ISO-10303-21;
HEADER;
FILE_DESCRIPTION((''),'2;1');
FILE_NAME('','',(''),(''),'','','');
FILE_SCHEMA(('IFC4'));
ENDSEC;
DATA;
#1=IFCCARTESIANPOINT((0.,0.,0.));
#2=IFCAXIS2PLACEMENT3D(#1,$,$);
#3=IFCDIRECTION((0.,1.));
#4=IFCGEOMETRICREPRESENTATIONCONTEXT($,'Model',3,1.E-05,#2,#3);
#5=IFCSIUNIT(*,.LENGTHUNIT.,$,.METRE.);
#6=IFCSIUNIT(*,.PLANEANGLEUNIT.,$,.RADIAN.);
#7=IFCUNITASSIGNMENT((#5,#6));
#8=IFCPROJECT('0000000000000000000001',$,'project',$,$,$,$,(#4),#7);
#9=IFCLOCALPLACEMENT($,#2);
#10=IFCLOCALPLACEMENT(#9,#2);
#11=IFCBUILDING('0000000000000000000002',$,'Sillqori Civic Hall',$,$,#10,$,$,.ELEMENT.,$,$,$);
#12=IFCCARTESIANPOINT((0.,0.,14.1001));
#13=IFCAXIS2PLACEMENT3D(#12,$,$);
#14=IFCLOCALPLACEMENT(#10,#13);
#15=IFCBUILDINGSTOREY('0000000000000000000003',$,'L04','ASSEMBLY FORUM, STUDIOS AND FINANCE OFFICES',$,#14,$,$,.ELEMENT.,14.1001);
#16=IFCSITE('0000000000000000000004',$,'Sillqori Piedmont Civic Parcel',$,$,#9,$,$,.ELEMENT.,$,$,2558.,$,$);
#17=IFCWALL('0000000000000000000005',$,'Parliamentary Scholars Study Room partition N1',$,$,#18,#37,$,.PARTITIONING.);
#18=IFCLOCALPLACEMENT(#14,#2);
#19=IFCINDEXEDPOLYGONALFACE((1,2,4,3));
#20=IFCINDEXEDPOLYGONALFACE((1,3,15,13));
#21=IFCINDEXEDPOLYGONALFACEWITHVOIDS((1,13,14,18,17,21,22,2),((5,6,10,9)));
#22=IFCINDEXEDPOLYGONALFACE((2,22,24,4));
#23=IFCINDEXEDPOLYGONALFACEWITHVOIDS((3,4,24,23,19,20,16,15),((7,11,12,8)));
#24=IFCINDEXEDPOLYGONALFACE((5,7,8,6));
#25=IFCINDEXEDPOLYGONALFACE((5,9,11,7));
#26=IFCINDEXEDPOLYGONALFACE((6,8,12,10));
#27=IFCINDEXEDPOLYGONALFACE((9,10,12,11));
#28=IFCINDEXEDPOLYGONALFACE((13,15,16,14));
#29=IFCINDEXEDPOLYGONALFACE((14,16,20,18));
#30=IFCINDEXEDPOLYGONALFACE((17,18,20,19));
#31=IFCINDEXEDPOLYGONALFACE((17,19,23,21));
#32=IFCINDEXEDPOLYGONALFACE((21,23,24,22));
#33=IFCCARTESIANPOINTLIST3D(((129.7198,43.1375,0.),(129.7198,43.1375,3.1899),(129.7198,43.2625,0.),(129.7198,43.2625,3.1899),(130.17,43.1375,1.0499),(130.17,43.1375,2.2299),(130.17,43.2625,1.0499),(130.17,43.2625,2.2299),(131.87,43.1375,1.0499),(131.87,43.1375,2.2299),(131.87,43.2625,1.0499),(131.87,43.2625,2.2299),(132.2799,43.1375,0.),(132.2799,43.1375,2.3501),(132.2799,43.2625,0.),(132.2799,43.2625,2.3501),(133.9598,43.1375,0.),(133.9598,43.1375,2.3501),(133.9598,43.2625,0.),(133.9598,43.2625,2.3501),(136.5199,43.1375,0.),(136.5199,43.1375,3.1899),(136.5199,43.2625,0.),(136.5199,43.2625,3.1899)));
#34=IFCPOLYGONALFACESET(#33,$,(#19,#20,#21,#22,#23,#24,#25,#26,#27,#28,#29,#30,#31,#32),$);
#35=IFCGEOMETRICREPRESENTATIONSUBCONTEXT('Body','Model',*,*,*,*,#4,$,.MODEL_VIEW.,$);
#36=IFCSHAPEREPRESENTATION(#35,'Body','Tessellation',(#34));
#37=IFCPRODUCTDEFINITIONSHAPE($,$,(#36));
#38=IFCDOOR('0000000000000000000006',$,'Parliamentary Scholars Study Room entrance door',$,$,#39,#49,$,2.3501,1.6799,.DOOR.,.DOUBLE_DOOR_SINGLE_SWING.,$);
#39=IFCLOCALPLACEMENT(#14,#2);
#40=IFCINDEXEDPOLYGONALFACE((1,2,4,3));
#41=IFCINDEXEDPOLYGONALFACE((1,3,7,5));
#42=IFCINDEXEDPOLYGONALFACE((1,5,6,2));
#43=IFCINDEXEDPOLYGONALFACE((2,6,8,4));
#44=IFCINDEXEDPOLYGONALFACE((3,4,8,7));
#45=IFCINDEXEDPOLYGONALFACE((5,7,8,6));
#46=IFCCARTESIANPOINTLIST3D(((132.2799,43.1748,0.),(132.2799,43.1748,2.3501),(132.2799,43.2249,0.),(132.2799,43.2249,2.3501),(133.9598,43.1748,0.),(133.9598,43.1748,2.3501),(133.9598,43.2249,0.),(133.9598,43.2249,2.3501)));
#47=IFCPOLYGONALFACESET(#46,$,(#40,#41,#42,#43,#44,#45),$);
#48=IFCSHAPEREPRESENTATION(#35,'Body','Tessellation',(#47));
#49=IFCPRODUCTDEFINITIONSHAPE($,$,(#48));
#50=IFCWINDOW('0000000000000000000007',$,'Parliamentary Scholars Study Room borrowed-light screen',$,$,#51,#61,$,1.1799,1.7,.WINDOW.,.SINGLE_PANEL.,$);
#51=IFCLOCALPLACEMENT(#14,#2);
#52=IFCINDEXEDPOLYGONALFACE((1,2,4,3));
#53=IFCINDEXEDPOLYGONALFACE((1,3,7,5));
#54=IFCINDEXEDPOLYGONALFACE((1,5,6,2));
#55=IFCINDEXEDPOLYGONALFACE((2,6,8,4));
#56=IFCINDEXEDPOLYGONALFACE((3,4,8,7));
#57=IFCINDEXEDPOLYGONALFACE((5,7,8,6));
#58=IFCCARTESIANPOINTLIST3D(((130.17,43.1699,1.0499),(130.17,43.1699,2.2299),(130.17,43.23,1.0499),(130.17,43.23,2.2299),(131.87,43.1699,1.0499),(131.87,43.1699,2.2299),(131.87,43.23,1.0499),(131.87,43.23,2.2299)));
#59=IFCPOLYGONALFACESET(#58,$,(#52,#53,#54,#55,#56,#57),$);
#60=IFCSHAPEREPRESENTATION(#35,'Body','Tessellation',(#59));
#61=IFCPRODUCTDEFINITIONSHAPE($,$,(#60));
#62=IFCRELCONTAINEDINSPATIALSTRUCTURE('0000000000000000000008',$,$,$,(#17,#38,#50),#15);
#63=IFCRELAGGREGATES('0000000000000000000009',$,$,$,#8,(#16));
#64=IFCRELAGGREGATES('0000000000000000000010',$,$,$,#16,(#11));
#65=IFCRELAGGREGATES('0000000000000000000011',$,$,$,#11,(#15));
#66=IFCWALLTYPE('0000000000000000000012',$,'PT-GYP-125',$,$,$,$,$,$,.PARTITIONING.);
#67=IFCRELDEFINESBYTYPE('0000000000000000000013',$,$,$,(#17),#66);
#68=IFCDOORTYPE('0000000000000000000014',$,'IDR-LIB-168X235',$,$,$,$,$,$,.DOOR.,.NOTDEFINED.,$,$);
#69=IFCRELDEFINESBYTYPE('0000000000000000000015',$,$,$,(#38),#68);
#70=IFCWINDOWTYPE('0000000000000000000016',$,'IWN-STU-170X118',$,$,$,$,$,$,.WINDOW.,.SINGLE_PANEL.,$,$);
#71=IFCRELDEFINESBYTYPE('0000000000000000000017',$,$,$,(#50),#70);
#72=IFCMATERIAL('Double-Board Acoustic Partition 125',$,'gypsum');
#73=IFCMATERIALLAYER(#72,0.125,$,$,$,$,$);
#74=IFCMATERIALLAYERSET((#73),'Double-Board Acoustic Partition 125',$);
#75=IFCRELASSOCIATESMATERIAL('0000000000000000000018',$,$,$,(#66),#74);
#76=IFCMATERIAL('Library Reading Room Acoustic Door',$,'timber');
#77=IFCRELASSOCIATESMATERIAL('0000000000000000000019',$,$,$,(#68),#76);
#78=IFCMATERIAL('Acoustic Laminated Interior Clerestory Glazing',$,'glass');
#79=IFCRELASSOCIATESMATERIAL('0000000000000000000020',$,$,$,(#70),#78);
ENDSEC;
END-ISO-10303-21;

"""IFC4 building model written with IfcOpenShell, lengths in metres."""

from ifc_helpers import new_model, si_unit, direction, frame, frame_2d, origin, place, context, subcontext, project, spatial, rectangle, extrude, material, layer, layer_set, type_object, element, fill, save


model = new_model("IFC4")

# Units and contexts
model_context = context("Model", 3, precision=1e-05, world=origin(), true_north=direction((0.0, 1.0)))
body_context = subcontext(model_context, "Body", "Model", "MODEL_VIEW")
ifc_project = project(units=[si_unit("LENGTHUNIT", "METRE"), si_unit("PLANEANGLEUNIT", "RADIAN")], contexts=[model_context])

# Site, building, storey
site_placement = place(None, origin())
site = spatial("IfcSite", under=ifc_project, at=site_placement, Name="Sillqori Piedmont Civic Parcel", CompositionType="ELEMENT", RefElevation=2558.0)
building_placement = place(site_placement, origin())
building = spatial("IfcBuilding", under=site, at=building_placement, Name="Sillqori Civic Hall", CompositionType="ELEMENT")
storey_placement = place(building_placement, frame((0.0, 0.0, 14.1001)))
storey = spatial("IfcBuildingStorey", under=building, at=storey_placement, Name="L04", Description="ASSEMBLY FORUM, STUDIOS AND FINANCE OFFICES", CompositionType="ELEMENT", Elevation=14.1001)

# Wall, openings, door, window
ifc_material_1 = material(Name="Double-Board Acoustic Partition 125", Category="gypsum")
ifc_layer_1 = layer(ifc_material_1, 0.125)
ifc_layer_set_1 = layer_set([ifc_layer_1], Name="Double-Board Acoustic Partition 125")
wall_type = type_object("IfcWallType", Name="PT-GYP-125", PredefinedType="PARTITIONING", material=ifc_layer_set_1)
wall_placement = place(storey_placement, frame((129.72, 43.2, 0.0), z_axis=(0.0, 0.0, 1.0), x_axis=(1.0, 0.0, 0.0)))
wall = element("IfcWall", 1, at=wall_placement, inside=storey, type_object=wall_type, Name="Parliamentary Scholars Study Room partition N1", PredefinedType="PARTITIONING", context=body_context, shape_type="SweptSolid", body=[
    extrude(rectangle(XDim=6.8, YDim=0.125, at=frame_2d((3.3999, 0.0))), origin(), (0.0, 0.0, 1.0), 3.1899),
])
opening_1_placement = place(wall_placement, frame((2.5601, 0.0, 0.0)))
opening_1 = element("IfcOpeningElement", 2, at=opening_1_placement, cuts=wall, PredefinedType="OPENING", context=body_context, shape_type="SweptSolid", body=[
    extrude(rectangle(XDim=1.6799, YDim=2.3501, at=frame_2d((0.8398, 1.175))), frame((0.0, 0.0725, 0.0), z_axis=(0.0, -1.0, 0.0), x_axis=(1.0, 0.0, 0.0)), (0.0, 0.0, 1.0), 0.145),
])
opening_2_placement = place(wall_placement, frame((0.45, 0.0, 1.05)))
opening_2 = element("IfcOpeningElement", 3, at=opening_2_placement, cuts=wall, PredefinedType="OPENING", context=body_context, shape_type="SweptSolid", body=[
    extrude(rectangle(XDim=1.7, YDim=1.1799, at=frame_2d((0.8501, 0.5898))), frame((0.0, 0.0725, 0.0), z_axis=(0.0, -1.0, 0.0), x_axis=(1.0, 0.0, 0.0)), (0.0, 0.0, 1.0), 0.145),
])
ifc_material_2 = material(Name="Library Reading Room Acoustic Door", Category="timber")
door_type = type_object("IfcDoorType", Name="IDR-LIB-168X235", OperationType="NOTDEFINED", PredefinedType="DOOR", material=ifc_material_2)
door_placement = place(opening_1_placement, origin())
door = element("IfcDoor", 4, at=door_placement, inside=storey, type_object=door_type, Name="Parliamentary Scholars Study Room entrance door", OperationType="DOUBLE_DOOR_SINGLE_SWING", OverallHeight=2.3501, OverallWidth=1.6799, PredefinedType="DOOR", context=body_context, shape_type="SweptSolid", body=[
    extrude(rectangle(XDim=1.6799, YDim=2.3501, at=frame_2d((0.8398, 1.175))), frame((0.0, 0.0249, 0.0), z_axis=(0.0, -1.0, 0.0), x_axis=(1.0, 0.0, 0.0)), (0.0, 0.0, 1.0), 0.05),
])
fill(opening_1, door)
ifc_material_3 = material(Name="Acoustic Laminated Interior Clerestory Glazing", Category="glass")
window_type = type_object("IfcWindowType", Name="IWN-STU-170X118", PartitioningType="SINGLE_PANEL", PredefinedType="WINDOW", material=ifc_material_3)
window_placement = place(opening_2_placement, origin())
window = element("IfcWindow", 5, at=window_placement, inside=storey, type_object=window_type, Name="Parliamentary Scholars Study Room borrowed-light screen", OverallHeight=1.1799, OverallWidth=1.7, PartitioningType="SINGLE_PANEL", PredefinedType="WINDOW", context=body_context, shape_type="SweptSolid", body=[
    extrude(rectangle(XDim=1.7, YDim=1.1799, at=frame_2d((0.8501, 0.5898))), frame((0.0, 0.03, 0.0), z_axis=(0.0, -1.0, 0.0), x_axis=(1.0, 0.0, 0.0)), (0.0, 0.0, 1.0), 0.0601),
])
fill(opening_2, window)

save(model, "model.ifc")
